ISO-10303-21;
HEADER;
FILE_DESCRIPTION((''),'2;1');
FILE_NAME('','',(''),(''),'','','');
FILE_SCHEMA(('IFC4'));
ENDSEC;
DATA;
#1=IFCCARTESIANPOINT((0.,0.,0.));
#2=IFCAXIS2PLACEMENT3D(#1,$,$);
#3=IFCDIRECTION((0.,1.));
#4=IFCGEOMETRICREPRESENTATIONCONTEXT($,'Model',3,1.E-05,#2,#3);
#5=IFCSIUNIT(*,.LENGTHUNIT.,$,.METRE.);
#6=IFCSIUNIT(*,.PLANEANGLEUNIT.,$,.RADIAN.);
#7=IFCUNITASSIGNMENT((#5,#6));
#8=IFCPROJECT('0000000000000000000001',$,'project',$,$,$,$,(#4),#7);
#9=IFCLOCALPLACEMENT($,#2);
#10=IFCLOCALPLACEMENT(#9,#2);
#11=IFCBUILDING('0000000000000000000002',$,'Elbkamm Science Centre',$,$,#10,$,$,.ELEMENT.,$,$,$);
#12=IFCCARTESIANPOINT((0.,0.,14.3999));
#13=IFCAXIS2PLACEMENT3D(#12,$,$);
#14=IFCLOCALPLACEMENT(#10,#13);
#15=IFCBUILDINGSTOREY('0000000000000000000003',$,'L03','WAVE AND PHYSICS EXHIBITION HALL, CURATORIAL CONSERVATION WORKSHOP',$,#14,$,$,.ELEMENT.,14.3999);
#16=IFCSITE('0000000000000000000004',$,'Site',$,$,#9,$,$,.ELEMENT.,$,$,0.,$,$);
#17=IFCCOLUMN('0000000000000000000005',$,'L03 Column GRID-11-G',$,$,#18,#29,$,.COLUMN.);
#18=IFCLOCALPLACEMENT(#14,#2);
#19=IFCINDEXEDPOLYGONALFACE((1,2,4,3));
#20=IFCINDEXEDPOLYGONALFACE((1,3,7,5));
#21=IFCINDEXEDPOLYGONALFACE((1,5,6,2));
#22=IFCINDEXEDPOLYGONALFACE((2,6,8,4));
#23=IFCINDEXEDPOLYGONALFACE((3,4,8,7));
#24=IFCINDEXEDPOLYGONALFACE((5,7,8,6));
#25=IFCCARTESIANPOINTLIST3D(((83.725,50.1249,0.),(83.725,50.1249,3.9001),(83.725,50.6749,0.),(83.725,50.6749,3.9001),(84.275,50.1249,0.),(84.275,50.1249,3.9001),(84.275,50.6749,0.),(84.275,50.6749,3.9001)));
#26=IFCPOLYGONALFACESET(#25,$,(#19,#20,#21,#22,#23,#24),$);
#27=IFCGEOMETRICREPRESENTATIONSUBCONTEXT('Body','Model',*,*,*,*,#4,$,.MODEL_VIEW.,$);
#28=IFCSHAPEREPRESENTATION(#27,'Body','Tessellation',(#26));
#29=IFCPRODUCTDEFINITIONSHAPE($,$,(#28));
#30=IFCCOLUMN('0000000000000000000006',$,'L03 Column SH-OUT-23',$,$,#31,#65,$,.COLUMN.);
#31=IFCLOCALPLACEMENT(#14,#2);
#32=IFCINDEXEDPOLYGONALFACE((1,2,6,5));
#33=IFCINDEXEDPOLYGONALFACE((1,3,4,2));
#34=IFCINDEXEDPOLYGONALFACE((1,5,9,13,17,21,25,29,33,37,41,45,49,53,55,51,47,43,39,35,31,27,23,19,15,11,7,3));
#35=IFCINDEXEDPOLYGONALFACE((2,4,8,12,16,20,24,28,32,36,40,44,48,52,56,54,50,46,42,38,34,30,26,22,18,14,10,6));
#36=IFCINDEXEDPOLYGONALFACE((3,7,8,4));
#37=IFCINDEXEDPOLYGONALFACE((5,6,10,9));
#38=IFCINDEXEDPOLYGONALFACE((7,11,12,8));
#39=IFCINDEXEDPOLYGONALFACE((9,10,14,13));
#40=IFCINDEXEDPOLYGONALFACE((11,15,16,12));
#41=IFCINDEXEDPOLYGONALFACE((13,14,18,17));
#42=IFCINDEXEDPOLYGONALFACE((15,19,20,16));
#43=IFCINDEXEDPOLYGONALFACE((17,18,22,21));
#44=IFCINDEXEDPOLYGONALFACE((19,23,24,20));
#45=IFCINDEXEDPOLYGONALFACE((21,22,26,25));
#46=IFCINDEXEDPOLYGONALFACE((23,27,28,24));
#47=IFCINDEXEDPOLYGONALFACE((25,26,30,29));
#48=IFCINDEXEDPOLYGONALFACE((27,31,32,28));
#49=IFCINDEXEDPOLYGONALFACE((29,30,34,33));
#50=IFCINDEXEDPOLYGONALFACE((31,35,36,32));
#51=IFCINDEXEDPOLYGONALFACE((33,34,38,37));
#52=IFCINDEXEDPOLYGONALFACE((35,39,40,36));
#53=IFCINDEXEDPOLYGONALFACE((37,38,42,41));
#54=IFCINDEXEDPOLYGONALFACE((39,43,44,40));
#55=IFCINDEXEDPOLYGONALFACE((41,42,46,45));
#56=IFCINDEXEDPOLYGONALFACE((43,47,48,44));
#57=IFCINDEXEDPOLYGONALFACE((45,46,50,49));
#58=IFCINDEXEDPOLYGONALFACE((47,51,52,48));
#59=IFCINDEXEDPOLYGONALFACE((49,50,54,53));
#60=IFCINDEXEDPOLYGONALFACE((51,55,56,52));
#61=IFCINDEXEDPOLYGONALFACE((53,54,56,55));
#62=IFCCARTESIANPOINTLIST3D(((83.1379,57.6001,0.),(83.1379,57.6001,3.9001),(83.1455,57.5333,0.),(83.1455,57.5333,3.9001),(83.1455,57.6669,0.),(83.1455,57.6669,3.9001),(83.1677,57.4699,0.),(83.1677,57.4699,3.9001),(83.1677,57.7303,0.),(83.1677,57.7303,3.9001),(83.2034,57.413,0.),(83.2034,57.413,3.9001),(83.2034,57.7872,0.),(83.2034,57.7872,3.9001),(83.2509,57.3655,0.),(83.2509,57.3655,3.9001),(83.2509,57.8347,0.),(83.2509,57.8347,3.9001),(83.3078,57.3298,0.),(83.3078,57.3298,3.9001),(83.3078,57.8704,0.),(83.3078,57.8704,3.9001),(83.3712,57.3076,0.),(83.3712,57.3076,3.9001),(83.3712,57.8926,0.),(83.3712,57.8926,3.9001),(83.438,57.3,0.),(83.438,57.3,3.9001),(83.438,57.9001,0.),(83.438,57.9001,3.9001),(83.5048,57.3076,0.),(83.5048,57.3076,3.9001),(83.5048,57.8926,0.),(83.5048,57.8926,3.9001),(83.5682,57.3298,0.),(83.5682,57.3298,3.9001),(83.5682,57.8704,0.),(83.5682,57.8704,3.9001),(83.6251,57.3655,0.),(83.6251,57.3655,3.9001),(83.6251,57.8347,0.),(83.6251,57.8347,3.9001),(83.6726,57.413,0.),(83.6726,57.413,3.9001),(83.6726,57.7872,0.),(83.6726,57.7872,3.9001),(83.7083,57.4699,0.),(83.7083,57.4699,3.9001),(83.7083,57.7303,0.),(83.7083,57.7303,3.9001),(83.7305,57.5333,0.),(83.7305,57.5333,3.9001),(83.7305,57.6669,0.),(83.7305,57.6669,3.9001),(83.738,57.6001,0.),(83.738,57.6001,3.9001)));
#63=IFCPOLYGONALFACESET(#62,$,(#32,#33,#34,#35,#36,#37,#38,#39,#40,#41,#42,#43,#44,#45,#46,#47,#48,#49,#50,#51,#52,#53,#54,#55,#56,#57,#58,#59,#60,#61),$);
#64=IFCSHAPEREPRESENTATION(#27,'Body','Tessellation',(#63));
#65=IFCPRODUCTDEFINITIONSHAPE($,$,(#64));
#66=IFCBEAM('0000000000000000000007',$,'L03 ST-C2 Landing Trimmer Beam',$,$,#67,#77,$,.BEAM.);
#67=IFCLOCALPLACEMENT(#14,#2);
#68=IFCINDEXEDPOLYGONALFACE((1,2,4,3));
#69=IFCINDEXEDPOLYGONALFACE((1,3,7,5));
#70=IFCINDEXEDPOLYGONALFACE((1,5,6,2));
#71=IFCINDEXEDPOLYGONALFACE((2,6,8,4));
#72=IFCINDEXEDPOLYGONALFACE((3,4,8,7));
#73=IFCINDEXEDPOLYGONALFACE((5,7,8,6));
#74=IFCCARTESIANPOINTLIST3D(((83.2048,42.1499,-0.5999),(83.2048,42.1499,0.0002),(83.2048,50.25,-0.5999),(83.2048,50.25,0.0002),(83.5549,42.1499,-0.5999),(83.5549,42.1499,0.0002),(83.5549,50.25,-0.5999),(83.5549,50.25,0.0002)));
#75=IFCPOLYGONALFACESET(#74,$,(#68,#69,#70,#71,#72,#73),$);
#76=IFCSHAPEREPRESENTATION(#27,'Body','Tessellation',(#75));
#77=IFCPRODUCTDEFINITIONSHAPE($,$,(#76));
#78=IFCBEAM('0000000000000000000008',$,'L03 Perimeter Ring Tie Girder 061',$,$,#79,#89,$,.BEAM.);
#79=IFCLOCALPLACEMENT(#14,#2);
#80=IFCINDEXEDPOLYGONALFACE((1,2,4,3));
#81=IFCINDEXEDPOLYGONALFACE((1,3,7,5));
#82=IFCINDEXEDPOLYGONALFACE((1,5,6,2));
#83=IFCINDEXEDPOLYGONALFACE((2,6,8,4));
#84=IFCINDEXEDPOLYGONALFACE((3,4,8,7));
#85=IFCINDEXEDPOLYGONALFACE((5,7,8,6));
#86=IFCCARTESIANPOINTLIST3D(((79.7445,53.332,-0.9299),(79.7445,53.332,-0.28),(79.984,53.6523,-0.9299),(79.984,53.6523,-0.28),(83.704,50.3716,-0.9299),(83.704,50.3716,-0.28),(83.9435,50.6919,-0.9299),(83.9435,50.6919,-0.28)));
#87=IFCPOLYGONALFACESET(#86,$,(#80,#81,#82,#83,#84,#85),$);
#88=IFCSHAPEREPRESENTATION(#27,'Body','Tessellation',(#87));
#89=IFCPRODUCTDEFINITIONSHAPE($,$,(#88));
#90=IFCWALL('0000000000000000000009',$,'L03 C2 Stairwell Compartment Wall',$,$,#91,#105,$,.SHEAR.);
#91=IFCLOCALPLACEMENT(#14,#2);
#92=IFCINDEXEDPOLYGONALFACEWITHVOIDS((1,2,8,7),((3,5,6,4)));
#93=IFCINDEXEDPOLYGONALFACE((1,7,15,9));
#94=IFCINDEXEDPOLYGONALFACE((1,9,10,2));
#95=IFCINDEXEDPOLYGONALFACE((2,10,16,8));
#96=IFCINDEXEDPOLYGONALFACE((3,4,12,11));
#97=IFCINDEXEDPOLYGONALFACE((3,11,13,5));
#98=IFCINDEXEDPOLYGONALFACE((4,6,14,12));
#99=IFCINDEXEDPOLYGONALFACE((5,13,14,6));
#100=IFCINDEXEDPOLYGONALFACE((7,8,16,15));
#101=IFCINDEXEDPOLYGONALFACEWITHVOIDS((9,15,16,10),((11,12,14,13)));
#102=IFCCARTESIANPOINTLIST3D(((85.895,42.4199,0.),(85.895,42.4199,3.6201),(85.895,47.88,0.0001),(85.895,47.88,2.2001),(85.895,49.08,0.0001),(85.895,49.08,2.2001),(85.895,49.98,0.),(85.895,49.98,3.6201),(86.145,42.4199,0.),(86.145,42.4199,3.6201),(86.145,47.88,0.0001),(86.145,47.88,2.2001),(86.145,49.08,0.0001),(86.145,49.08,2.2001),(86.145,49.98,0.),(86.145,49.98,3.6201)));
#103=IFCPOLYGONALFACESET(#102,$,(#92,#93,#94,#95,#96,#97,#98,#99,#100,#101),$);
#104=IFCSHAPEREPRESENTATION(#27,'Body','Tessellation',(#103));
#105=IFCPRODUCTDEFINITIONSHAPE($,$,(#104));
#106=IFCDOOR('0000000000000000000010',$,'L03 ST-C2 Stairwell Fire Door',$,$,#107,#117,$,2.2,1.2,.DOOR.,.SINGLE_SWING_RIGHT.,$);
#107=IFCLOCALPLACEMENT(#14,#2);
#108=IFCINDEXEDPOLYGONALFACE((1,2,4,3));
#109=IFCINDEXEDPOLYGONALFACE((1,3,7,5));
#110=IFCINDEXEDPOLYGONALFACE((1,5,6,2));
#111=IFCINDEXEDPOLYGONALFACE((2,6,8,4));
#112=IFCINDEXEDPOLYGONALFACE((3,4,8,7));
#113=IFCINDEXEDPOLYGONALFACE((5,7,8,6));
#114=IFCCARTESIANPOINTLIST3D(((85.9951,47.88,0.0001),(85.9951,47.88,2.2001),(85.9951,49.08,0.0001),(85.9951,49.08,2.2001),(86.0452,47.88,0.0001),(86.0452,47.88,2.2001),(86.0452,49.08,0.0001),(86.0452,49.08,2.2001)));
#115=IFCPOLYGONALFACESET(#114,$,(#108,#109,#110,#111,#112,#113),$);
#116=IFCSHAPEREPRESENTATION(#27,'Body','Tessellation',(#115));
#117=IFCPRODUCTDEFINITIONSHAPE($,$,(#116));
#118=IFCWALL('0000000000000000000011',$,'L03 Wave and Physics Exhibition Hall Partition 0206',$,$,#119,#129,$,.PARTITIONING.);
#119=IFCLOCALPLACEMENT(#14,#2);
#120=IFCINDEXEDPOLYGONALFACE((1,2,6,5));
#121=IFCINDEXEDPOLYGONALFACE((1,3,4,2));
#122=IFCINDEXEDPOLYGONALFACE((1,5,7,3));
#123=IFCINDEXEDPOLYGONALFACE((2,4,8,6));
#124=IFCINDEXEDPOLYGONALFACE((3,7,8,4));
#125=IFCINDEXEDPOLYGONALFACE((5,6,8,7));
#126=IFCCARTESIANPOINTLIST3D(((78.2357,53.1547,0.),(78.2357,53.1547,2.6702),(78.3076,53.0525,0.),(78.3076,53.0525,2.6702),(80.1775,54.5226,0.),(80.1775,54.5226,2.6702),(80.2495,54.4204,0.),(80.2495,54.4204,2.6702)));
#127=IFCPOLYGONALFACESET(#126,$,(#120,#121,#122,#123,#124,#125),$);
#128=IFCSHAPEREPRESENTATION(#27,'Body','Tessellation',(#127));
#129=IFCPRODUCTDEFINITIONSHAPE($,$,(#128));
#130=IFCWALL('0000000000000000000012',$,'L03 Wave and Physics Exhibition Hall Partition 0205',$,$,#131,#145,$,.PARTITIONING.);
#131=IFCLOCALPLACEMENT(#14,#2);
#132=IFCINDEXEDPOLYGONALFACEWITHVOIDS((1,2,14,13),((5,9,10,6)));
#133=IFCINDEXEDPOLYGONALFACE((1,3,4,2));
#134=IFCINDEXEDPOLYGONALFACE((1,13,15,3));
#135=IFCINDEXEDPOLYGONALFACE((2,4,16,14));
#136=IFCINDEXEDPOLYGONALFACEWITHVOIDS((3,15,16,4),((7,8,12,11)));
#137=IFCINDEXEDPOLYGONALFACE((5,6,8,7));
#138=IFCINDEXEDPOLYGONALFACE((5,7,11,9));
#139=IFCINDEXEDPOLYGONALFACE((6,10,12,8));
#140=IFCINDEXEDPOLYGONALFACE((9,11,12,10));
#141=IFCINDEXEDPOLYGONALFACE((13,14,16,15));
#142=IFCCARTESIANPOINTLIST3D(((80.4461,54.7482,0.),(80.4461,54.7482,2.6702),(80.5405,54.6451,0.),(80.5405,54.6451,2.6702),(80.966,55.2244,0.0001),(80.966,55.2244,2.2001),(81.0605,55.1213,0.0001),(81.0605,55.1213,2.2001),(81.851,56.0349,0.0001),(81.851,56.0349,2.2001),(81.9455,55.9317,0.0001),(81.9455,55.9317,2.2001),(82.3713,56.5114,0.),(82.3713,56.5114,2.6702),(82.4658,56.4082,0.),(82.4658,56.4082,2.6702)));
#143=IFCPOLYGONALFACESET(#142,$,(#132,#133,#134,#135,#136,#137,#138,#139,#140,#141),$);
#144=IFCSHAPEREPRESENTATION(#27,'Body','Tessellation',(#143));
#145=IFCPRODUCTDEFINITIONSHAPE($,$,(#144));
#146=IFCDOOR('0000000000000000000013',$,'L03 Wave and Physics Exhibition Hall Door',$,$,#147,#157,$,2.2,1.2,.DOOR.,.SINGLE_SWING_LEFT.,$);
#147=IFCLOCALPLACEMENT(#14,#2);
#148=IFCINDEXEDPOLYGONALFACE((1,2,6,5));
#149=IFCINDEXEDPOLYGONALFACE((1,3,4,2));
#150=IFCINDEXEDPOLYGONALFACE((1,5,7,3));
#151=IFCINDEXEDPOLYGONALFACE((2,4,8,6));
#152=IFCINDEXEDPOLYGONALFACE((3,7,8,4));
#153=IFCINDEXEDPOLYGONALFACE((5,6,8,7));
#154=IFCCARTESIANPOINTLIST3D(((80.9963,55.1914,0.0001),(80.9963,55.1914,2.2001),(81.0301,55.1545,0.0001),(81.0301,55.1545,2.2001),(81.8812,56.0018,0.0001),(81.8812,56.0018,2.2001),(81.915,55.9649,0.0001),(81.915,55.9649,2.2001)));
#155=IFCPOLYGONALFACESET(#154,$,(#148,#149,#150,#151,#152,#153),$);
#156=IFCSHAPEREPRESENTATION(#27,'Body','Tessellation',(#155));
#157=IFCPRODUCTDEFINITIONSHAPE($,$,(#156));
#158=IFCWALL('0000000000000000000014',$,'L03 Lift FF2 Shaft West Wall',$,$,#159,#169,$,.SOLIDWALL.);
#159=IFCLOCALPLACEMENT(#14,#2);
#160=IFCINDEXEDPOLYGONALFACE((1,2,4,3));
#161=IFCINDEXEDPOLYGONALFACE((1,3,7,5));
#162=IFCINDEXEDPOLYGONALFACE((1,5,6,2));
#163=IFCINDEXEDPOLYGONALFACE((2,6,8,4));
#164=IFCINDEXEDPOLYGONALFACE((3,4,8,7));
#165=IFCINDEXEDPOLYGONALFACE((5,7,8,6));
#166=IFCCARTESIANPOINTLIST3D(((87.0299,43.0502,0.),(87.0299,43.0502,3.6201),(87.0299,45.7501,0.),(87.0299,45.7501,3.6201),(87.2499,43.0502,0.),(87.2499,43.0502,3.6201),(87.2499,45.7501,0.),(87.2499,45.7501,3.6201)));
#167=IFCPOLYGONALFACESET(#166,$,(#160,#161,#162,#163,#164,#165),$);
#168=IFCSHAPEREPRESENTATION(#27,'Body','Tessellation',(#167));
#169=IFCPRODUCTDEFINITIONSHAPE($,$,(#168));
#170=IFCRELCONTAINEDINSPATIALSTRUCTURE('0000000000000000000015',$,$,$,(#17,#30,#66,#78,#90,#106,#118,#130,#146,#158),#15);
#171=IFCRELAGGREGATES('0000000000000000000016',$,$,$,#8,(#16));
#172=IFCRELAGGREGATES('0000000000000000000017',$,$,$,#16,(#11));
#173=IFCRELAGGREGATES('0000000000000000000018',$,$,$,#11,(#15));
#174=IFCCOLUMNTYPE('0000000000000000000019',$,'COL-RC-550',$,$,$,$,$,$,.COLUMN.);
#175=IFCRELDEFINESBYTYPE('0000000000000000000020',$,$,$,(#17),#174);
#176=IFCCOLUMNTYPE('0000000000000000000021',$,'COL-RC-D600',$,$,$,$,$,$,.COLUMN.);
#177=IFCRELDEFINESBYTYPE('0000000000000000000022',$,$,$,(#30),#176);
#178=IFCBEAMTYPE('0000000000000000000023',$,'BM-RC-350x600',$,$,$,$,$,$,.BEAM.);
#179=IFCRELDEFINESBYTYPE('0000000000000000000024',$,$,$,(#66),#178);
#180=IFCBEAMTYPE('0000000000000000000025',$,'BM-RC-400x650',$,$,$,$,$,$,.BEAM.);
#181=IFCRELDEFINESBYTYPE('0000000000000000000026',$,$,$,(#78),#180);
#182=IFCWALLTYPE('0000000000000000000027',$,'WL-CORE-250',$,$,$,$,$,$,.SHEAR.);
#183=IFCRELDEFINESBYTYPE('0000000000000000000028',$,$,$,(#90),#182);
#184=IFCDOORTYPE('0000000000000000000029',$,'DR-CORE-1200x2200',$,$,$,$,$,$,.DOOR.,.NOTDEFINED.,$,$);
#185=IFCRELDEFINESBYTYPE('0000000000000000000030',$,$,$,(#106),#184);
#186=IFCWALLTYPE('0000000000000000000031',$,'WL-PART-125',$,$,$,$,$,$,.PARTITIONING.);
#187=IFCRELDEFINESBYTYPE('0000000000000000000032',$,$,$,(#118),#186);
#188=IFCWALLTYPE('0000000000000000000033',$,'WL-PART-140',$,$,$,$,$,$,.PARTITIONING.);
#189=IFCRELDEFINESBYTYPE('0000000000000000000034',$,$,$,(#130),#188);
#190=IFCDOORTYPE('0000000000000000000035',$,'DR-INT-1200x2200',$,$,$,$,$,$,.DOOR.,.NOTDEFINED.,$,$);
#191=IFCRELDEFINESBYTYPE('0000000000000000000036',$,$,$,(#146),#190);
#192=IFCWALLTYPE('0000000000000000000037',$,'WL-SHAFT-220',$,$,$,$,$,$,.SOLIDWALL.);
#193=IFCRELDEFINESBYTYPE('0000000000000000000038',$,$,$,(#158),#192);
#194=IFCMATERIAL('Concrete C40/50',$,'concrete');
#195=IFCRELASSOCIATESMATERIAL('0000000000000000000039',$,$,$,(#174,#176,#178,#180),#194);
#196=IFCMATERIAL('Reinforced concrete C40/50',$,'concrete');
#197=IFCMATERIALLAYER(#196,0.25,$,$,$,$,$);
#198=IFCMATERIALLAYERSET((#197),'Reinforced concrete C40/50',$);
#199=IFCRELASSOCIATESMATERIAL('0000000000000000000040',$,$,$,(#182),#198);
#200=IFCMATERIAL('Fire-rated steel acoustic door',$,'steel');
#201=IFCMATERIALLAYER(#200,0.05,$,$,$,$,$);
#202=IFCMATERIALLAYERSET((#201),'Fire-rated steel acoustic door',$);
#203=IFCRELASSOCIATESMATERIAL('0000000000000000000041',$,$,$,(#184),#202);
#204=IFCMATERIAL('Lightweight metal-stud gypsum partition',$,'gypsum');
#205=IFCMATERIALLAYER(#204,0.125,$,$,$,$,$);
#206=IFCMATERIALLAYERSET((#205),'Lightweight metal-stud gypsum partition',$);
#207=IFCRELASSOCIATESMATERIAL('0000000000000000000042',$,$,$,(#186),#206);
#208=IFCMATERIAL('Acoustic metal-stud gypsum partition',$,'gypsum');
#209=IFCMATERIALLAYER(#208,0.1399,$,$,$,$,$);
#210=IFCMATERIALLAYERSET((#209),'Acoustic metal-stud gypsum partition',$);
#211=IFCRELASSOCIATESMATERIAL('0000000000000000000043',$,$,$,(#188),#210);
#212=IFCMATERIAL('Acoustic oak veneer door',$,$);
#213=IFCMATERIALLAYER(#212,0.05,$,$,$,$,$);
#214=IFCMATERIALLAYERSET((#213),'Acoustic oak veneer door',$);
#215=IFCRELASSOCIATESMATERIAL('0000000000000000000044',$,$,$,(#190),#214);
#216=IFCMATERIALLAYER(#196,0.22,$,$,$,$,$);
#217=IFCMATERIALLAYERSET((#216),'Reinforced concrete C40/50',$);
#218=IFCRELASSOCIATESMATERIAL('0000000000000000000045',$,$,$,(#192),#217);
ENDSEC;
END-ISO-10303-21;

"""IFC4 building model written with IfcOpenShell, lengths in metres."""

from ifc_helpers import new_model, si_unit, direction, frame, frame_2d, origin, origin_2d, place, context, subcontext, project, spatial, rectangle, circle, extrude, material, layer, layer_set, material_profile, profile_set, type_object, element, fill, save


model = new_model("IFC4")

# Units and contexts
model_context = context("Model", 3, precision=1e-05, world=origin(), true_north=direction((0.0, 1.0)))
body_context = subcontext(model_context, "Body", "Model", "MODEL_VIEW")
ifc_project = project(units=[si_unit("LENGTHUNIT", "METRE"), si_unit("PLANEANGLEUNIT", "RADIAN")], contexts=[model_context])

# Site, building, storey
site_placement = place(None, origin())
site = spatial("IfcSite", under=ifc_project, at=site_placement, Name="Site", CompositionType="ELEMENT", RefElevation=0.0)
building_placement = place(site_placement, origin())
building = spatial("IfcBuilding", under=site, at=building_placement, Name="Elbkamm Science Centre", CompositionType="ELEMENT")
storey_placement = place(building_placement, frame((0.0, 0.0, 14.3999)))
storey = spatial("IfcBuildingStorey", under=building, at=storey_placement, Name="L03", Description="WAVE AND PHYSICS EXHIBITION HALL, CURATORIAL CONSERVATION WORKSHOP", CompositionType="ELEMENT", Elevation=14.3999)

# Columns
ifc_material_1 = material(Name="Concrete C40/50", Category="concrete")
ifc_material_profile_1 = material_profile(ifc_material_1, rectangle(XDim=0.55, YDim=0.55, at=origin_2d()), Name="RC 550x550")
ifc_profile_set_1 = profile_set([ifc_material_profile_1], Name="Concrete C40/50")
column_type_1 = type_object("IfcColumnType", Name="COL-RC-550", PredefinedType="COLUMN", material=ifc_profile_set_1)
column_1_placement = place(storey_placement, frame((84.0, 50.3999, 0.0), z_axis=(0.0, 0.0, 1.0), x_axis=(1.0, 0.0, 0.0)))
element("IfcColumn", 1, at=column_1_placement, inside=storey, type_object=column_type_1, Name="L03 Column GRID-11-G", PredefinedType="COLUMN", context=body_context, shape_type="SweptSolid", body=[
    extrude(rectangle(XDim=0.55, YDim=0.55, at=origin_2d()), origin(), (0.0, 0.0, 1.0), 3.9001),
])
ifc_material_profile_2 = material_profile(ifc_material_1, circle(Radius=0.3, at=origin_2d()), Name="RC D600")
ifc_profile_set_2 = profile_set([ifc_material_profile_2], Name="Concrete C40/50")
column_type_2 = type_object("IfcColumnType", Name="COL-RC-D600", PredefinedType="COLUMN", material=ifc_profile_set_2)
column_2_placement = place(storey_placement, frame((83.438, 57.6001, 0.0), z_axis=(0.0, 0.0, 1.0), x_axis=(1.0, 0.0, 0.0)))
element("IfcColumn", 2, at=column_2_placement, inside=storey, type_object=column_type_2, Name="L03 Column SH-OUT-23", PredefinedType="COLUMN", context=body_context, shape_type="SweptSolid", body=[
    extrude(circle(Radius=0.3, at=origin_2d()), origin(), (0.0, 0.0, 1.0), 3.9001),
])

# Beams
ifc_material_profile_3 = material_profile(ifc_material_1, rectangle(XDim=0.3501, YDim=0.6001, at=origin_2d()), Name="RC 350x600")
ifc_profile_set_3 = profile_set([ifc_material_profile_3], Name="Concrete C40/50")
beam_type_1 = type_object("IfcBeamType", Name="BM-RC-350x600", PredefinedType="BEAM", material=ifc_profile_set_3)
beam_1_placement = place(storey_placement, frame((83.3799, 42.1499, -0.2998), z_axis=(0.0, 1.0, 0.0), x_axis=(-1.0, 0.0, 0.0)))
element("IfcBeam", 3, at=beam_1_placement, inside=storey, type_object=beam_type_1, Name="L03 ST-C2 Landing Trimmer Beam", PredefinedType="BEAM", context=body_context, shape_type="SweptSolid", body=[
    extrude(rectangle(XDim=0.3501, YDim=0.6001, at=origin_2d()), origin(), (0.0, 0.0, 1.0), 8.1001),
])
ifc_material_profile_4 = material_profile(ifc_material_1, rectangle(XDim=0.3999, YDim=0.6499, at=origin_2d()), Name="RC 400x650")
ifc_profile_set_4 = profile_set([ifc_material_profile_4], Name="Concrete C40/50")
beam_type_2 = type_object("IfcBeamType", Name="BM-RC-400x650", PredefinedType="BEAM", material=ifc_profile_set_4)
beam_2_placement = place(storey_placement, frame((83.8237, 50.5317, -0.605), z_axis=(-0.800888, 0.598814, 0.0), x_axis=(-0.598814, -0.800888, 0.0)))
element("IfcBeam", 4, at=beam_2_placement, inside=storey, type_object=beam_type_2, Name="L03 Perimeter Ring Tie Girder 061", PredefinedType="BEAM", context=body_context, shape_type="SweptSolid", body=[
    extrude(rectangle(XDim=0.3999, YDim=0.6499, at=origin_2d()), origin(), (0.0, 0.0, 1.0), 4.9438),
])

# Wall, opening, door
ifc_material_2 = material(Name="Reinforced concrete C40/50", Category="concrete")
ifc_layer_1 = layer(ifc_material_2, 0.25)
ifc_layer_set_1 = layer_set([ifc_layer_1], Name="Reinforced concrete C40/50")
wall_type_1 = type_object("IfcWallType", Name="WL-CORE-250", PredefinedType="SHEAR", material=ifc_layer_set_1)
wall_1_placement = place(storey_placement, frame((86.02, 42.4199, 0.0), z_axis=(0.0, 0.0, 1.0), x_axis=(0.0, 1.0, 0.0)))
wall_1 = element("IfcWall", 5, at=wall_1_placement, inside=storey, type_object=wall_type_1, Name="L03 C2 Stairwell Compartment Wall", PredefinedType="SHEAR", context=body_context, shape_type="SweptSolid", body=[
    extrude(rectangle(XDim=7.5601, YDim=0.25, at=frame_2d((3.78, 0.0))), origin(), (0.0, 0.0, 1.0), 3.6201),
])
opening_1_placement = place(wall_1_placement, frame((5.46, 0.0, 0.0)))
opening_1 = element("IfcOpeningElement", 6, at=opening_1_placement, cuts=wall_1, PredefinedType="OPENING", context=body_context, shape_type="SweptSolid", body=[
    extrude(rectangle(XDim=1.2, YDim=2.2, at=frame_2d((0.6001, 1.1001))), frame((0.0, 0.137, 0.0), z_axis=(0.0, -1.0, 0.0), x_axis=(1.0, 0.0, 0.0)), (0.0, 0.0, 1.0), 0.2739),
])
ifc_material_3 = material(Name="Fire-rated steel acoustic door", Category="steel")
ifc_layer_2 = layer(ifc_material_3, 0.05)
ifc_layer_set_2 = layer_set([ifc_layer_2], Name="Fire-rated steel acoustic door")
door_type_1 = type_object("IfcDoorType", Name="DR-CORE-1200x2200", OperationType="NOTDEFINED", PredefinedType="DOOR", material=ifc_layer_set_2)
door_1_placement = place(opening_1_placement, origin())
door_1 = element("IfcDoor", 7, at=door_1_placement, inside=storey, type_object=door_type_1, Name="L03 ST-C2 Stairwell Fire Door", OperationType="SINGLE_SWING_RIGHT", OverallHeight=2.2, OverallWidth=1.2, PredefinedType="DOOR", context=body_context, shape_type="SweptSolid", body=[
    extrude(rectangle(XDim=1.2, YDim=2.2, at=frame_2d((0.6001, 1.1001))), frame((0.0, 0.0249, 0.0), z_axis=(0.0, -1.0, 0.0), x_axis=(1.0, 0.0, 0.0)), (0.0, 0.0, 1.0), 0.05),
])
fill(opening_1, door_1)

# Wall
ifc_material_4 = material(Name="Lightweight metal-stud gypsum partition", Category="gypsum")
ifc_layer_3 = layer(ifc_material_4, 0.125)
ifc_layer_set_3 = layer_set([ifc_layer_3], Name="Lightweight metal-stud gypsum partition")
wall_type_2 = type_object("IfcWallType", Name="WL-PART-125", PredefinedType="PARTITIONING", material=ifc_layer_set_3)
wall_2_placement = place(storey_placement, frame((80.2134, 54.4714, 0.0), z_axis=(0.0, 0.0, 1.0), x_axis=(-0.817529, -0.575888, 0.0)))
element("IfcWall", 8, at=wall_2_placement, inside=storey, type_object=wall_type_2, Name="L03 Wave and Physics Exhibition Hall Partition 0206", PredefinedType="PARTITIONING", context=body_context, shape_type="SweptSolid", body=[
    extrude(rectangle(XDim=2.3752, YDim=0.125, at=frame_2d((1.1875, 0.0))), origin(), (0.0, 0.0, 1.0), 2.6702),
])

# Wall, opening, door
ifc_material_5 = material(Name="Acoustic metal-stud gypsum partition", Category="gypsum")
ifc_layer_4 = layer(ifc_material_5, 0.1399)
ifc_layer_set_4 = layer_set([ifc_layer_4], Name="Acoustic metal-stud gypsum partition")
wall_type_3 = type_object("IfcWallType", Name="WL-PART-140", PredefinedType="PARTITIONING", material=ifc_layer_set_4)
wall_3_placement = place(storey_placement, frame((82.4185, 56.4597, 0.0), z_axis=(0.0, 0.0, 1.0), x_axis=(-0.737472, -0.675377, 0.0)))
wall_3 = element("IfcWall", 9, at=wall_3_placement, inside=storey, type_object=wall_type_3, Name="L03 Wave and Physics Exhibition Hall Partition 0205", PredefinedType="PARTITIONING", context=body_context, shape_type="SweptSolid", body=[
    extrude(rectangle(XDim=2.6106, YDim=0.1399, at=frame_2d((1.3052, 0.0))), origin(), (0.0, 0.0, 1.0), 2.6702),
])
opening_2_placement = place(wall_3_placement, frame((0.7053, 0.0, 0.0)))
opening_2 = element("IfcOpeningElement", 10, at=opening_2_placement, cuts=wall_3, PredefinedType="OPENING", context=body_context, shape_type="SweptSolid", body=[
    extrude(rectangle(XDim=1.2, YDim=2.2, at=frame_2d((0.6001, 1.1001))), frame((0.0, 0.082, 0.0), z_axis=(0.0, -1.0, 0.0), x_axis=(1.0, 0.0, 0.0)), (0.0, 0.0, 1.0), 0.1638),
])
ifc_material_6 = material(Name="Acoustic oak veneer door")
ifc_layer_5 = layer(ifc_material_6, 0.05)
ifc_layer_set_5 = layer_set([ifc_layer_5], Name="Acoustic oak veneer door")
door_type_2 = type_object("IfcDoorType", Name="DR-INT-1200x2200", OperationType="NOTDEFINED", PredefinedType="DOOR", material=ifc_layer_set_5)
door_2_placement = place(opening_2_placement, origin())
door_2 = element("IfcDoor", 11, at=door_2_placement, inside=storey, type_object=door_type_2, Name="L03 Wave and Physics Exhibition Hall Door", OperationType="SINGLE_SWING_LEFT", OverallHeight=2.2, OverallWidth=1.2, PredefinedType="DOOR", context=body_context, shape_type="SweptSolid", body=[
    extrude(rectangle(XDim=1.2, YDim=2.2, at=frame_2d((0.6001, 1.1001))), frame((0.0, 0.0249, 0.0), z_axis=(0.0, -1.0, 0.0), x_axis=(1.0, 0.0, 0.0)), (0.0, 0.0, 1.0), 0.05),
])
fill(opening_2, door_2)

# Wall
ifc_layer_6 = layer(ifc_material_2, 0.22)
ifc_layer_set_6 = layer_set([ifc_layer_6], Name="Reinforced concrete C40/50")
wall_type_4 = type_object("IfcWallType", Name="WL-SHAFT-220", PredefinedType="SOLIDWALL", material=ifc_layer_set_6)
wall_4_placement = place(storey_placement, frame((87.1399, 43.05, 0.0), z_axis=(0.0, 0.0, 1.0), x_axis=(0.0, 1.0, 0.0)))
element("IfcWall", 12, at=wall_4_placement, inside=storey, type_object=wall_type_4, Name="L03 Lift FF2 Shaft West Wall", PredefinedType="SOLIDWALL", context=body_context, shape_type="SweptSolid", body=[
    extrude(rectangle(XDim=2.7, YDim=0.22, at=frame_2d((1.3501, 0.0))), origin(), (0.0, 0.0, 1.0), 3.6201),
])

save(model, "model.ifc")
